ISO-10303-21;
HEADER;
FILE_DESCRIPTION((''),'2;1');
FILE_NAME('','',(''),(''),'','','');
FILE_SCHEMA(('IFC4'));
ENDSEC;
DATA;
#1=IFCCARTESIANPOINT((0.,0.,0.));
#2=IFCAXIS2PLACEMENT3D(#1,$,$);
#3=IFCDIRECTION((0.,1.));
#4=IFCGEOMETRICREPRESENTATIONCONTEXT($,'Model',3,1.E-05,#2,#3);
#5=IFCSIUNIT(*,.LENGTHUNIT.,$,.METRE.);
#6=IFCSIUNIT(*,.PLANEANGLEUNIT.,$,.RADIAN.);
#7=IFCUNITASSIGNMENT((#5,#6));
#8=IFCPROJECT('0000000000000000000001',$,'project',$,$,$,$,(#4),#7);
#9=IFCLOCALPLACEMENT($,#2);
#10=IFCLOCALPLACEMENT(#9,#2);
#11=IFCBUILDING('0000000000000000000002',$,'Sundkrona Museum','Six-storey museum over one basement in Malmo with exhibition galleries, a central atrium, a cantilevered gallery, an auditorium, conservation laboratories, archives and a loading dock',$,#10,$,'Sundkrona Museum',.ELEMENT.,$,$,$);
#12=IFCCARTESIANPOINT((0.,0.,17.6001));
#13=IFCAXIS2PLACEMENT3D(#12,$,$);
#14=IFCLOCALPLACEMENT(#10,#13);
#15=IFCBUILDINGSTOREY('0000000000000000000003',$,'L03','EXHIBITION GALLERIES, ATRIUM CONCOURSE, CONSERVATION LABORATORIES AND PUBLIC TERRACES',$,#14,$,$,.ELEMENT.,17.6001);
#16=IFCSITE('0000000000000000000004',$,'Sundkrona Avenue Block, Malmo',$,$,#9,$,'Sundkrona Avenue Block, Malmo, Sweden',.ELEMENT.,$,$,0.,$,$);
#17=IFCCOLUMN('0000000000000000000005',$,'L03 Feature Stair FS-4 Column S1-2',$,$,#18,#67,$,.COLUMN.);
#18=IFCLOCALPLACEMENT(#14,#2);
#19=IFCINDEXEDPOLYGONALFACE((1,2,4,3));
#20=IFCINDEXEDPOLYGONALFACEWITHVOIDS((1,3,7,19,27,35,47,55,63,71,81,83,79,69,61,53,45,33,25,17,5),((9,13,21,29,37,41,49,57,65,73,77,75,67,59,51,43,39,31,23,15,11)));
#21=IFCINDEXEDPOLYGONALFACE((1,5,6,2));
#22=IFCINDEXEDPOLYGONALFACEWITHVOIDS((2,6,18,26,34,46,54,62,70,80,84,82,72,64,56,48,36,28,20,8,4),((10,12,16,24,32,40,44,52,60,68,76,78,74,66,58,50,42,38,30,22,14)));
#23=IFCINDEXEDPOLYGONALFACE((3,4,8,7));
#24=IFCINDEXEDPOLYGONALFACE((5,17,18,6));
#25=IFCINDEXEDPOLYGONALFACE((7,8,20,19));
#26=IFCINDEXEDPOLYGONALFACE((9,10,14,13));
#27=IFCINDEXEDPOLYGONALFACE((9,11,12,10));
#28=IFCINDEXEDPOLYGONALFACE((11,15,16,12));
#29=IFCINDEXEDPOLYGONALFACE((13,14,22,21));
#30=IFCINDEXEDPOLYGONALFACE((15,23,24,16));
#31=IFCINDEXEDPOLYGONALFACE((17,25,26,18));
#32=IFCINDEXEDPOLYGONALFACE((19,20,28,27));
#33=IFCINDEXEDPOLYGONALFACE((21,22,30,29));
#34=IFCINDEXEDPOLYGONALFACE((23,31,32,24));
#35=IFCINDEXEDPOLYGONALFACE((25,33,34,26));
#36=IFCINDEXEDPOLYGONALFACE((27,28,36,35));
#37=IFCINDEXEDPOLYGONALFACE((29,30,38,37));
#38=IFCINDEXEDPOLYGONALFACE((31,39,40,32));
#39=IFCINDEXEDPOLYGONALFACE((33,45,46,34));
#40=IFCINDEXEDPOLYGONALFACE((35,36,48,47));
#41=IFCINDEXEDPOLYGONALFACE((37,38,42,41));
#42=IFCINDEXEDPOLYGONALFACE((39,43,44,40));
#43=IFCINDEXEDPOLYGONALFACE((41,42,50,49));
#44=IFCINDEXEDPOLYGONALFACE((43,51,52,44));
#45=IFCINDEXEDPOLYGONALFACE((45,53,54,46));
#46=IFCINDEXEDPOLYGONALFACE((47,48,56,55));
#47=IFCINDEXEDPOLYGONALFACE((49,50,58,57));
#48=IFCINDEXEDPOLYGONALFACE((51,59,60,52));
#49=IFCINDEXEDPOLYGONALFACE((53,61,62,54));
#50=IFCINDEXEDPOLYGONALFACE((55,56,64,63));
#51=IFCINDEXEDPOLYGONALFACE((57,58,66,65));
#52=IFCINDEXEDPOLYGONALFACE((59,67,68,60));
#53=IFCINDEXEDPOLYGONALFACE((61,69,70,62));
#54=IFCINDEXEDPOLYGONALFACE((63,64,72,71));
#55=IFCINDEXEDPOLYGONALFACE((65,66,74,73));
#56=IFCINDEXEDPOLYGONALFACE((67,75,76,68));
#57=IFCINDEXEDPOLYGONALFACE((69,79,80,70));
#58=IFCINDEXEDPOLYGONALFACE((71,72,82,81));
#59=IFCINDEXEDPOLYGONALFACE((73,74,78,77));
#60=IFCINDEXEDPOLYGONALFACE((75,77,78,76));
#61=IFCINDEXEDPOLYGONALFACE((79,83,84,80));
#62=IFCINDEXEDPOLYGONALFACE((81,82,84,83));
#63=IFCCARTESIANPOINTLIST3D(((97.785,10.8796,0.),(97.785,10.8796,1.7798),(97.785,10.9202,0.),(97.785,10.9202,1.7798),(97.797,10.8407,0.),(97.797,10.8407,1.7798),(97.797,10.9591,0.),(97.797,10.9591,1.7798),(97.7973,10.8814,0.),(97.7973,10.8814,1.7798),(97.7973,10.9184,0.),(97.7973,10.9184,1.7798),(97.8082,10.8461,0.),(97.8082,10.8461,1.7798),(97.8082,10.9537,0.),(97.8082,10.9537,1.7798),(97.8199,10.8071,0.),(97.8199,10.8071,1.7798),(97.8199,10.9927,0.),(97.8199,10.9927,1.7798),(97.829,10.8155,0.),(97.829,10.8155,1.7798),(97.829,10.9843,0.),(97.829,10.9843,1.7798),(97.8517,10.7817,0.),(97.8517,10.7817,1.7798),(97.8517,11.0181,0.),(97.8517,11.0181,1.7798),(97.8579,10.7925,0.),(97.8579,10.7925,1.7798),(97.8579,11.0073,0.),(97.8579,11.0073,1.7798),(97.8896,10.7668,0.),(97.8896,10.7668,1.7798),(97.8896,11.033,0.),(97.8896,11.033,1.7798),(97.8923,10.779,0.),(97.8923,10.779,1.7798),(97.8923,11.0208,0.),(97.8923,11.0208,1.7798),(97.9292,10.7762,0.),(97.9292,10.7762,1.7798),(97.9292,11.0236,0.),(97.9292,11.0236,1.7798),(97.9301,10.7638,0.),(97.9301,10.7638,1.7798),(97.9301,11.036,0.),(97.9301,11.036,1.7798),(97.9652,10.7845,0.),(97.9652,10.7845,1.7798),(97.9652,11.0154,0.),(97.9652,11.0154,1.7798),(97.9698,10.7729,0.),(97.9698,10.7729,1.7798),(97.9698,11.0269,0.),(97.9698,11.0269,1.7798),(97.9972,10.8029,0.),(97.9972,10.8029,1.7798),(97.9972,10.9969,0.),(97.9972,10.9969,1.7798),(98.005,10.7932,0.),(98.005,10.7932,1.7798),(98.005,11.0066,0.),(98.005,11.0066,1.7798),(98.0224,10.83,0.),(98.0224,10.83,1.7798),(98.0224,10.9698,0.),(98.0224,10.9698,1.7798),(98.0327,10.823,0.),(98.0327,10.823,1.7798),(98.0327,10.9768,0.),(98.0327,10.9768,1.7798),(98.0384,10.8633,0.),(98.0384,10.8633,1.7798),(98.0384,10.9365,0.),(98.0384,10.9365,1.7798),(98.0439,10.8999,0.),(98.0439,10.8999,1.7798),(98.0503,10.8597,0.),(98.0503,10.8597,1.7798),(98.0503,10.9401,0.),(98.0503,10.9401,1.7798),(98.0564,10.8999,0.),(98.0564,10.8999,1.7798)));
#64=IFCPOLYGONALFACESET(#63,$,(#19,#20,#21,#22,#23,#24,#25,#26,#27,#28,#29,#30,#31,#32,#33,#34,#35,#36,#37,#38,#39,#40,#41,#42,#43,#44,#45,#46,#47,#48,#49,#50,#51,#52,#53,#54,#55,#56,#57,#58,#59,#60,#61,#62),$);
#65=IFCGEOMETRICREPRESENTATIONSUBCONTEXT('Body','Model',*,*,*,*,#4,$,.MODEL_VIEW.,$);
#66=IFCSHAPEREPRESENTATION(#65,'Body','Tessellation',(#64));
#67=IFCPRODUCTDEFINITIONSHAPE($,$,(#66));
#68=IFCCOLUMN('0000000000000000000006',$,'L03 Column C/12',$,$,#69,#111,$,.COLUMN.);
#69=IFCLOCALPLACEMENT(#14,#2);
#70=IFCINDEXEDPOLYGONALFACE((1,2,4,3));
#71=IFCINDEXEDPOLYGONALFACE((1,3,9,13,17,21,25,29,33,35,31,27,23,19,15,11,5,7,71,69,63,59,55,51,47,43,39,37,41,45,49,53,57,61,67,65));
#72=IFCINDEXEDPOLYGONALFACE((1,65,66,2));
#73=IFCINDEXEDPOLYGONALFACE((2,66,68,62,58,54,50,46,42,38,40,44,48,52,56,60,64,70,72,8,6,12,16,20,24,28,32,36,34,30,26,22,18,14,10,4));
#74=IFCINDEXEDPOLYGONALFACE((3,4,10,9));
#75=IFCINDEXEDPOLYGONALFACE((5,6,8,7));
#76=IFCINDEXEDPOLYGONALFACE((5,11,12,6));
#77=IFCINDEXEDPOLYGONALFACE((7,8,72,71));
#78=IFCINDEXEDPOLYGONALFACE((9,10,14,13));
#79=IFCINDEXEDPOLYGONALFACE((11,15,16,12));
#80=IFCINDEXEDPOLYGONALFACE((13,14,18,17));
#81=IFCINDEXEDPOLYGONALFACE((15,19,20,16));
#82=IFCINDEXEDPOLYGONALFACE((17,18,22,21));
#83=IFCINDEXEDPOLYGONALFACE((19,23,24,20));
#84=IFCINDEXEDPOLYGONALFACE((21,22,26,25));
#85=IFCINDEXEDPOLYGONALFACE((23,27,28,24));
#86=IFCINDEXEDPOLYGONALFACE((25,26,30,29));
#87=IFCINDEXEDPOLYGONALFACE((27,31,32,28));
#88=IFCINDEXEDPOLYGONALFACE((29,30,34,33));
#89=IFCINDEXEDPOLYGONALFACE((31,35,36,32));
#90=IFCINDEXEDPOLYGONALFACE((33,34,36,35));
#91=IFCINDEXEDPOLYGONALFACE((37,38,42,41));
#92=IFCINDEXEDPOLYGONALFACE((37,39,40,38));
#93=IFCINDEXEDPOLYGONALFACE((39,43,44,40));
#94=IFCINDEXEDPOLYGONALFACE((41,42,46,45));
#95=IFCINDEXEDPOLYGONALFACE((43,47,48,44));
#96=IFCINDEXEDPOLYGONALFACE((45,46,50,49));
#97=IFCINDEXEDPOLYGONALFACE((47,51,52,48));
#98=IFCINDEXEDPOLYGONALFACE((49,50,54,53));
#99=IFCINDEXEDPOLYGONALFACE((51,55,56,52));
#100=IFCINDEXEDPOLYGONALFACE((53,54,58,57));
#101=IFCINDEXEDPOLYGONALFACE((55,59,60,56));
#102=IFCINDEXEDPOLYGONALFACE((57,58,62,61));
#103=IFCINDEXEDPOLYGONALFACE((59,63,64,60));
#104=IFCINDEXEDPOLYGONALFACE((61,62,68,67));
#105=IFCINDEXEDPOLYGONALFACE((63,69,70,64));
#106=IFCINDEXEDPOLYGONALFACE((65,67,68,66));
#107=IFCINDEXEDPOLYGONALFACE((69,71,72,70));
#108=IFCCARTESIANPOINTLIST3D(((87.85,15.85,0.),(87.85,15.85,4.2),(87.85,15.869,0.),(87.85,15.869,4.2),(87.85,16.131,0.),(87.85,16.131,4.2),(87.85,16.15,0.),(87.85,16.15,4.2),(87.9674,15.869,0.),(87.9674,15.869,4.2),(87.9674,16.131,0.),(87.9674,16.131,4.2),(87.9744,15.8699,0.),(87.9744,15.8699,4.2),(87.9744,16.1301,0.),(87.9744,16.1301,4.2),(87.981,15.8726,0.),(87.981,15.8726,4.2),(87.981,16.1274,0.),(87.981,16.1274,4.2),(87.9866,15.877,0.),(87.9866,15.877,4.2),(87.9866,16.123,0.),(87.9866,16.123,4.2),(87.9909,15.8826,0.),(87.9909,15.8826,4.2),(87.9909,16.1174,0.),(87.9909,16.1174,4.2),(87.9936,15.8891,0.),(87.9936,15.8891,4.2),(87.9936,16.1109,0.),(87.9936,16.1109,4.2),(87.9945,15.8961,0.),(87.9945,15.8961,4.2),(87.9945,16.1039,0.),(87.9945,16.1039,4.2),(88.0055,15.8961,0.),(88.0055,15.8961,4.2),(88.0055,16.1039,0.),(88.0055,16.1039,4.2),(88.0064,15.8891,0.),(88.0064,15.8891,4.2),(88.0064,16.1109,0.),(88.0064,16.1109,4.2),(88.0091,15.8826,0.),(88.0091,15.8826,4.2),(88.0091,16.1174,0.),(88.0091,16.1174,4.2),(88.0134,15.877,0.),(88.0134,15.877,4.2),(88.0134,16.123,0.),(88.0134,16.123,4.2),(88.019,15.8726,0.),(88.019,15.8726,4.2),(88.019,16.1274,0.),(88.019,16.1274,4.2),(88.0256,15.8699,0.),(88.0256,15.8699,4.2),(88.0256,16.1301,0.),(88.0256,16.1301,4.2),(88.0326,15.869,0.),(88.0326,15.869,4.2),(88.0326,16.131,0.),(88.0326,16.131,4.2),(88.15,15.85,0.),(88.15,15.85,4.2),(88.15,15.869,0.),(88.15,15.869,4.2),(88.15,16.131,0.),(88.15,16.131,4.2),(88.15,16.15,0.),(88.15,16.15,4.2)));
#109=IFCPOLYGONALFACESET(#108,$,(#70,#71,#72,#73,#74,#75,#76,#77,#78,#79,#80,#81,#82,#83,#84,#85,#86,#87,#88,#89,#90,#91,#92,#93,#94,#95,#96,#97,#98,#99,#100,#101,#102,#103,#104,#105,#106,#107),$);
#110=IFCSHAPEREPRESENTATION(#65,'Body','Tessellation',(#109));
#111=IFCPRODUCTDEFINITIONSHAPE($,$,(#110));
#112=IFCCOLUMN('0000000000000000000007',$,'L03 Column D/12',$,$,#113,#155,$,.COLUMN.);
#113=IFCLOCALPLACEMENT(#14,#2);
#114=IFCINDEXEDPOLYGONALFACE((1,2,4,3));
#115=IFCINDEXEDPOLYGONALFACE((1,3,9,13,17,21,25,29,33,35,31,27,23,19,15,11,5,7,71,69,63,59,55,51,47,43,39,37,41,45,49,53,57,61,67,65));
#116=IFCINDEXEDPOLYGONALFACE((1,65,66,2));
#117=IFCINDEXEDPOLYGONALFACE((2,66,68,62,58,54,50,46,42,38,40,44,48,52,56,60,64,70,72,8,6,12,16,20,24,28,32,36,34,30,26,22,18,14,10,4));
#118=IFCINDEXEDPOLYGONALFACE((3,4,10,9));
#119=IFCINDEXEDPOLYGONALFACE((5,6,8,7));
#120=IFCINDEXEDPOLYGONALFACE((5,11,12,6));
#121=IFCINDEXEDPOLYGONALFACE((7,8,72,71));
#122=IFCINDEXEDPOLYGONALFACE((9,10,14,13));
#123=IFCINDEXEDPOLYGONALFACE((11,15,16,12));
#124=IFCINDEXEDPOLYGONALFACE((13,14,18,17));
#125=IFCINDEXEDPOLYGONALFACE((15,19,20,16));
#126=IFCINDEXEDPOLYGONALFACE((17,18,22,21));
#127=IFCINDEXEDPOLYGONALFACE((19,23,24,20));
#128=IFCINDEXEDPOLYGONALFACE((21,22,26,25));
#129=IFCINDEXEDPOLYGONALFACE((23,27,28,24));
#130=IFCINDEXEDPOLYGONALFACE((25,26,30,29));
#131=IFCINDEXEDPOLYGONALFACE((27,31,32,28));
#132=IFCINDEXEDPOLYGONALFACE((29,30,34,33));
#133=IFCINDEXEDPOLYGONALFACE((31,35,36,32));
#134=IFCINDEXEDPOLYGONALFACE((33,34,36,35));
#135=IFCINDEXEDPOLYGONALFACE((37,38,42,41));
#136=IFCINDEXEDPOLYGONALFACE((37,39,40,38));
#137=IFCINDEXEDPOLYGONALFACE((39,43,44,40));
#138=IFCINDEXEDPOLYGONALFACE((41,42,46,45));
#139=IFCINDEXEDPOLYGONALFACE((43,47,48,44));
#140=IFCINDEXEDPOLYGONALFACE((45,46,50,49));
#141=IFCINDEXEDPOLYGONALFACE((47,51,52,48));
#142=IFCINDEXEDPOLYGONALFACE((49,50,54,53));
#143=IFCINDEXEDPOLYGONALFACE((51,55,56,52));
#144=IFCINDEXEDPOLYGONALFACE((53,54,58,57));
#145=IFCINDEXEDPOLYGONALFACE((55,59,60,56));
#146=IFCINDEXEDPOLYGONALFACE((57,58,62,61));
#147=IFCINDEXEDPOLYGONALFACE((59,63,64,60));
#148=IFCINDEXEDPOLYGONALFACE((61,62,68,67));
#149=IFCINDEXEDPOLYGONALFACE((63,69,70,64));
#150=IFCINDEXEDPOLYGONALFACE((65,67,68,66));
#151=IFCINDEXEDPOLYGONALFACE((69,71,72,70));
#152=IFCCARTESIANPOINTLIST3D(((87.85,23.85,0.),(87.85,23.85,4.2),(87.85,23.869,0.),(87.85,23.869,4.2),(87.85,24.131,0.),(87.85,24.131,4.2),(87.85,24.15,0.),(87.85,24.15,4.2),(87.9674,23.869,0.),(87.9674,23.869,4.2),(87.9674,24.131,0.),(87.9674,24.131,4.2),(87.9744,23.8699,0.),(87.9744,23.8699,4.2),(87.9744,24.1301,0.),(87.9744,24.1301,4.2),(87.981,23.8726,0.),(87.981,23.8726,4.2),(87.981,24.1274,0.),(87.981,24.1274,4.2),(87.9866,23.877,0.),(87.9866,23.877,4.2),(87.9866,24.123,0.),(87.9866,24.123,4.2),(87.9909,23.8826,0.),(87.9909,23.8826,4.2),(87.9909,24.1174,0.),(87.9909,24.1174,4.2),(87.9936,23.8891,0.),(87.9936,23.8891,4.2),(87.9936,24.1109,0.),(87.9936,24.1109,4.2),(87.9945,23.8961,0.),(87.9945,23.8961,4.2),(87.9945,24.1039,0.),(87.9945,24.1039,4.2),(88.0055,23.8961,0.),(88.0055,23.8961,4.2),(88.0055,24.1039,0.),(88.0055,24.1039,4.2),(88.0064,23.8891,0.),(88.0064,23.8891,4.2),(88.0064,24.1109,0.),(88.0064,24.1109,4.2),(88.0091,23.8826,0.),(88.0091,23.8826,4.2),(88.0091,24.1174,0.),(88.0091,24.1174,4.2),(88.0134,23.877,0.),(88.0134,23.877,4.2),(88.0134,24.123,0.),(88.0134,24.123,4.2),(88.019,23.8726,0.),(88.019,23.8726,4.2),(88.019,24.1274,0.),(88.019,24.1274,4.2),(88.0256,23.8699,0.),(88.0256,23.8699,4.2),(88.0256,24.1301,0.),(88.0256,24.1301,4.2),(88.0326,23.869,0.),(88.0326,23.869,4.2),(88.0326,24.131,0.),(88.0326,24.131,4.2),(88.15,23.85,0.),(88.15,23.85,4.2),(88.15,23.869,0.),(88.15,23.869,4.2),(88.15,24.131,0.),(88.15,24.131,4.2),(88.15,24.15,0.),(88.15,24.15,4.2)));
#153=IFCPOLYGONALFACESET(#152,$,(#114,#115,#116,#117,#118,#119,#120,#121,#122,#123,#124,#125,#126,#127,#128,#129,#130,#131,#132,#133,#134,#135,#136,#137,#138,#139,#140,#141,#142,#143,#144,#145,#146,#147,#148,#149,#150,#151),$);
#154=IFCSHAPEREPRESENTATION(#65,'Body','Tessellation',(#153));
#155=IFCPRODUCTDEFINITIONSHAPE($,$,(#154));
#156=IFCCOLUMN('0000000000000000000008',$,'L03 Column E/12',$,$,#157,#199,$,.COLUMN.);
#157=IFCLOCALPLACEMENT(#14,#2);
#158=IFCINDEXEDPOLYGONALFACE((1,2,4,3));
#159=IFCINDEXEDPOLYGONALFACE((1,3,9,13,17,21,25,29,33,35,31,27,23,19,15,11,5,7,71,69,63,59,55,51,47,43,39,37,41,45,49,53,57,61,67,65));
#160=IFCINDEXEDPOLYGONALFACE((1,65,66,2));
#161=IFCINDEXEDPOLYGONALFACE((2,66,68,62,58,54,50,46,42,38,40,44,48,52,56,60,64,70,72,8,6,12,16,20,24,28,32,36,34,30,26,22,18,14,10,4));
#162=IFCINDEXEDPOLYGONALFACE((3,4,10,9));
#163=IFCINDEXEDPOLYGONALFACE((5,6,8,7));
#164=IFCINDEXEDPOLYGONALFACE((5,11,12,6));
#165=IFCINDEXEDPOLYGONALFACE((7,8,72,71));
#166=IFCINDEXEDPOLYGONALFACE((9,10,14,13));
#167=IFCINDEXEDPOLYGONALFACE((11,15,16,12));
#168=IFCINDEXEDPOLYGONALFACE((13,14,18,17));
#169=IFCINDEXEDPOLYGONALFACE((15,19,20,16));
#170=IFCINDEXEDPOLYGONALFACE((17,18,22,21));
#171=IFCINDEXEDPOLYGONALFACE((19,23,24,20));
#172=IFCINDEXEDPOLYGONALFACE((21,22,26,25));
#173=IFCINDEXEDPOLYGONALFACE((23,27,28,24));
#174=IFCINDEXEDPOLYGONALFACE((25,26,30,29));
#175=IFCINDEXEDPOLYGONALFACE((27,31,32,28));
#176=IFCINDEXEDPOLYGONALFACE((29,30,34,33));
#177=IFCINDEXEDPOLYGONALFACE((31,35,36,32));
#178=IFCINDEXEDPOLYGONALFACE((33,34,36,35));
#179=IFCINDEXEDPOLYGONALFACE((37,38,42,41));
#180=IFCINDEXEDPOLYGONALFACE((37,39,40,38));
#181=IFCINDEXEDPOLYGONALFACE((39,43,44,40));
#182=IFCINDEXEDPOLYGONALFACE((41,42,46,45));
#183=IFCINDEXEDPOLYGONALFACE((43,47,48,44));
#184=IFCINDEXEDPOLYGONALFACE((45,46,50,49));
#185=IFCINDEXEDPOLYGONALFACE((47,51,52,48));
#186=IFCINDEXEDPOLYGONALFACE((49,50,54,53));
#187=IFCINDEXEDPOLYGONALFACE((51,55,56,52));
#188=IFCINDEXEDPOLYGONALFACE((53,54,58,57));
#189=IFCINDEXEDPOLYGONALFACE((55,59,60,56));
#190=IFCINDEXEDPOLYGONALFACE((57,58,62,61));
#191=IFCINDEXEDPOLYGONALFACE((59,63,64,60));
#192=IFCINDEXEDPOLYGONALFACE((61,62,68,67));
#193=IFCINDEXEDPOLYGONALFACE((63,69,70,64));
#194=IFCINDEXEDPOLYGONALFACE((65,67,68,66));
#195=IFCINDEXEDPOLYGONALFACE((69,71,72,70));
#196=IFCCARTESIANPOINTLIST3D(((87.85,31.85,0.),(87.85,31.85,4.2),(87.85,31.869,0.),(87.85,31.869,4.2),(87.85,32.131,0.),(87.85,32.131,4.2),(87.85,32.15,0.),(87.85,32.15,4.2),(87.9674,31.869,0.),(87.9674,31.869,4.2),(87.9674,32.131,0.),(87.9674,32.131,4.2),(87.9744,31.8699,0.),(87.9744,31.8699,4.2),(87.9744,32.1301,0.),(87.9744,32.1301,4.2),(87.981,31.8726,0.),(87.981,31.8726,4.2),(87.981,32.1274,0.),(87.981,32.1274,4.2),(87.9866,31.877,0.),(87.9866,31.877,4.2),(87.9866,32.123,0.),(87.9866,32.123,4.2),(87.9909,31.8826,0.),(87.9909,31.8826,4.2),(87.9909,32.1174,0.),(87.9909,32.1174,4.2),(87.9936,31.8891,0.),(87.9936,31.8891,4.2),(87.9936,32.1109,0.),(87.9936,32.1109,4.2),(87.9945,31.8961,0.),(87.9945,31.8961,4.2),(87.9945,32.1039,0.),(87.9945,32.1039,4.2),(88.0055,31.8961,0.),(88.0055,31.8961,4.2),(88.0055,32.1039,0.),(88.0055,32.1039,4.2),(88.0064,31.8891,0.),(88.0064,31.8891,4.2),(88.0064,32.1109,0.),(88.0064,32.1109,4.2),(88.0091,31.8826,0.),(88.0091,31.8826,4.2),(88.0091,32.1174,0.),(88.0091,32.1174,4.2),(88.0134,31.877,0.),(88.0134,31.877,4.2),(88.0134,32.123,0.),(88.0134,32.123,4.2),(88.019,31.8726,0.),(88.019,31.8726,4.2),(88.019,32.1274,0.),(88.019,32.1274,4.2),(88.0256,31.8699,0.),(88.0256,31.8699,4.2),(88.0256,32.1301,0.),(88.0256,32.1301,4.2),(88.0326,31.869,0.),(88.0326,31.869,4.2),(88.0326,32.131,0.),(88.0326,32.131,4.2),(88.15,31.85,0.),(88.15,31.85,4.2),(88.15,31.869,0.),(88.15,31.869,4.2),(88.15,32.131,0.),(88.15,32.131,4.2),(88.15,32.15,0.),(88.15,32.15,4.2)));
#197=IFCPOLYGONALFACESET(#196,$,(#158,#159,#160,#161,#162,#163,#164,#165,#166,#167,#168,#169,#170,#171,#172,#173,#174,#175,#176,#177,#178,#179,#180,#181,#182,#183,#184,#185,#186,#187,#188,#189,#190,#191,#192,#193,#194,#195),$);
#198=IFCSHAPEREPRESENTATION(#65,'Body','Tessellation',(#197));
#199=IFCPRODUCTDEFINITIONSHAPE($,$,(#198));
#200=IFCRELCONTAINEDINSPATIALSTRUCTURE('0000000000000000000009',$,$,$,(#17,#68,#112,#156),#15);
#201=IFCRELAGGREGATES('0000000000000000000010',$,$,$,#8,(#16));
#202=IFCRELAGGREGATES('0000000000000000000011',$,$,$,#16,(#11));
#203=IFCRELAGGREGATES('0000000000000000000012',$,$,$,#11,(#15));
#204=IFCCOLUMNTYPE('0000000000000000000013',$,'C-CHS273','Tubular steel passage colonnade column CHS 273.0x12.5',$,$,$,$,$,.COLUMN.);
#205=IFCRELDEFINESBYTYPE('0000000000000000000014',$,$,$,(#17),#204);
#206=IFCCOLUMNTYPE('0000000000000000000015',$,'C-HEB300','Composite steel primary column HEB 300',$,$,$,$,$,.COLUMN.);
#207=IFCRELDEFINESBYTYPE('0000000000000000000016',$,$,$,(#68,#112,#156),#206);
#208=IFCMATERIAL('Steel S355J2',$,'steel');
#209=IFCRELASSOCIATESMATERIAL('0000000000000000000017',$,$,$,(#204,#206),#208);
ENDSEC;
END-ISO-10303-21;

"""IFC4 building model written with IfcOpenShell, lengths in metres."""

from ifc_helpers import new_model, si_unit, direction, frame, origin, origin_2d, place, context, subcontext, project, spatial, hollow_circle, i_section, extrude, material, material_profile, profile_set, type_object, element, save


model = new_model("IFC4")

# Units and contexts
model_context = context("Model", 3, precision=1e-05, world=origin(), true_north=direction((0.0, 1.0)))
body_context = subcontext(model_context, "Body", "Model", "MODEL_VIEW")
ifc_project = project(units=[si_unit("LENGTHUNIT", "METRE"), si_unit("PLANEANGLEUNIT", "RADIAN")], contexts=[model_context])

# Site, building, storey
site_placement = place(None, origin())
site = spatial("IfcSite", under=ifc_project, at=site_placement, Name="Sundkrona Avenue Block, Malmo", LongName="Sundkrona Avenue Block, Malmo, Sweden", CompositionType="ELEMENT", RefElevation=0.0)
building_placement = place(site_placement, origin())
building = spatial("IfcBuilding", under=site, at=building_placement, Name="Sundkrona Museum", Description="Six-storey museum over one basement in Malmo with exhibition galleries, a central atrium, a cantilevered gallery, an auditorium, conservation laboratories, archives and a loading dock", LongName="Sundkrona Museum", CompositionType="ELEMENT")
storey_placement = place(building_placement, frame((0.0, 0.0, 17.6001)))
storey = spatial("IfcBuildingStorey", under=building, at=storey_placement, Name="L03", Description="EXHIBITION GALLERIES, ATRIUM CONCOURSE, CONSERVATION LABORATORIES AND PUBLIC TERRACES", CompositionType="ELEMENT", Elevation=17.6001)

# Columns
ifc_material_1 = material(Name="Steel S355J2", Category="steel")
ifc_material_profile_1 = material_profile(ifc_material_1, hollow_circle(Radius=0.1365, WallThickness=0.0125, at=origin_2d()), Name="CHS 273.0x12.5")
ifc_profile_set_1 = profile_set([ifc_material_profile_1], Name="Steel S355J2")
column_type_1 = type_object("IfcColumnType", Name="C-CHS273", Description="Tubular steel passage colonnade column CHS 273.0x12.5", PredefinedType="COLUMN", material=ifc_profile_set_1)
column_placement = place(storey_placement, frame((97.9199, 10.8999, 0.0), z_axis=(0.0, 0.0, 1.0), x_axis=(1.0, 0.0, 0.0)))
element("IfcColumn", 1, at=column_placement, inside=storey, type_object=column_type_1, Name="L03 Feature Stair FS-4 Column S1-2", PredefinedType="COLUMN", context=body_context, shape_type="SweptSolid", body=[
    extrude(hollow_circle(Radius=0.1365, WallThickness=0.0125, at=origin_2d()), origin(), (0.0, 0.0, 1.0), 1.7798),
])
ifc_material_profile_2 = material_profile(ifc_material_1, i_section(OverallWidth=0.3, OverallDepth=0.3, WebThickness=0.011, FlangeThickness=0.019, FilletRadius=0.0271, at=origin_2d()), Name="HEB 300")
ifc_profile_set_2 = profile_set([ifc_material_profile_2], Name="Steel S355J2")
column_type_2 = type_object("IfcColumnType", Name="C-HEB300", Description="Composite steel primary column HEB 300", PredefinedType="COLUMN", material=ifc_profile_set_2)
for number, where, z_axis, x_axis, name in (
    (2, (88.0, 16.0, 0.0), (0.0, 0.0, 1.0), (1.0, 0.0, 0.0), "L03 Column C/12"),
    (3, (88.0, 24.0, 0.0), (0.0, 0.0, 1.0), (1.0, 0.0, 0.0), "L03 Column D/12"),
    (4, (88.0, 32.0, 0.0), (0.0, 0.0, 1.0), (1.0, 0.0, 0.0), "L03 Column E/12"),
):
    element("IfcColumn", number, at=place(storey_placement, frame(where, z_axis=z_axis, x_axis=x_axis)), inside=storey, type_object=column_type_2, Name=name, PredefinedType="COLUMN", context=body_context, shape_type="SweptSolid", body=[
        extrude(i_section(OverallWidth=0.3, OverallDepth=0.3, WebThickness=0.011, FlangeThickness=0.019, FilletRadius=0.0271, at=origin_2d()), origin(), (0.0, 0.0, 1.0), 4.2),
    ])

save(model, "model.ifc")
